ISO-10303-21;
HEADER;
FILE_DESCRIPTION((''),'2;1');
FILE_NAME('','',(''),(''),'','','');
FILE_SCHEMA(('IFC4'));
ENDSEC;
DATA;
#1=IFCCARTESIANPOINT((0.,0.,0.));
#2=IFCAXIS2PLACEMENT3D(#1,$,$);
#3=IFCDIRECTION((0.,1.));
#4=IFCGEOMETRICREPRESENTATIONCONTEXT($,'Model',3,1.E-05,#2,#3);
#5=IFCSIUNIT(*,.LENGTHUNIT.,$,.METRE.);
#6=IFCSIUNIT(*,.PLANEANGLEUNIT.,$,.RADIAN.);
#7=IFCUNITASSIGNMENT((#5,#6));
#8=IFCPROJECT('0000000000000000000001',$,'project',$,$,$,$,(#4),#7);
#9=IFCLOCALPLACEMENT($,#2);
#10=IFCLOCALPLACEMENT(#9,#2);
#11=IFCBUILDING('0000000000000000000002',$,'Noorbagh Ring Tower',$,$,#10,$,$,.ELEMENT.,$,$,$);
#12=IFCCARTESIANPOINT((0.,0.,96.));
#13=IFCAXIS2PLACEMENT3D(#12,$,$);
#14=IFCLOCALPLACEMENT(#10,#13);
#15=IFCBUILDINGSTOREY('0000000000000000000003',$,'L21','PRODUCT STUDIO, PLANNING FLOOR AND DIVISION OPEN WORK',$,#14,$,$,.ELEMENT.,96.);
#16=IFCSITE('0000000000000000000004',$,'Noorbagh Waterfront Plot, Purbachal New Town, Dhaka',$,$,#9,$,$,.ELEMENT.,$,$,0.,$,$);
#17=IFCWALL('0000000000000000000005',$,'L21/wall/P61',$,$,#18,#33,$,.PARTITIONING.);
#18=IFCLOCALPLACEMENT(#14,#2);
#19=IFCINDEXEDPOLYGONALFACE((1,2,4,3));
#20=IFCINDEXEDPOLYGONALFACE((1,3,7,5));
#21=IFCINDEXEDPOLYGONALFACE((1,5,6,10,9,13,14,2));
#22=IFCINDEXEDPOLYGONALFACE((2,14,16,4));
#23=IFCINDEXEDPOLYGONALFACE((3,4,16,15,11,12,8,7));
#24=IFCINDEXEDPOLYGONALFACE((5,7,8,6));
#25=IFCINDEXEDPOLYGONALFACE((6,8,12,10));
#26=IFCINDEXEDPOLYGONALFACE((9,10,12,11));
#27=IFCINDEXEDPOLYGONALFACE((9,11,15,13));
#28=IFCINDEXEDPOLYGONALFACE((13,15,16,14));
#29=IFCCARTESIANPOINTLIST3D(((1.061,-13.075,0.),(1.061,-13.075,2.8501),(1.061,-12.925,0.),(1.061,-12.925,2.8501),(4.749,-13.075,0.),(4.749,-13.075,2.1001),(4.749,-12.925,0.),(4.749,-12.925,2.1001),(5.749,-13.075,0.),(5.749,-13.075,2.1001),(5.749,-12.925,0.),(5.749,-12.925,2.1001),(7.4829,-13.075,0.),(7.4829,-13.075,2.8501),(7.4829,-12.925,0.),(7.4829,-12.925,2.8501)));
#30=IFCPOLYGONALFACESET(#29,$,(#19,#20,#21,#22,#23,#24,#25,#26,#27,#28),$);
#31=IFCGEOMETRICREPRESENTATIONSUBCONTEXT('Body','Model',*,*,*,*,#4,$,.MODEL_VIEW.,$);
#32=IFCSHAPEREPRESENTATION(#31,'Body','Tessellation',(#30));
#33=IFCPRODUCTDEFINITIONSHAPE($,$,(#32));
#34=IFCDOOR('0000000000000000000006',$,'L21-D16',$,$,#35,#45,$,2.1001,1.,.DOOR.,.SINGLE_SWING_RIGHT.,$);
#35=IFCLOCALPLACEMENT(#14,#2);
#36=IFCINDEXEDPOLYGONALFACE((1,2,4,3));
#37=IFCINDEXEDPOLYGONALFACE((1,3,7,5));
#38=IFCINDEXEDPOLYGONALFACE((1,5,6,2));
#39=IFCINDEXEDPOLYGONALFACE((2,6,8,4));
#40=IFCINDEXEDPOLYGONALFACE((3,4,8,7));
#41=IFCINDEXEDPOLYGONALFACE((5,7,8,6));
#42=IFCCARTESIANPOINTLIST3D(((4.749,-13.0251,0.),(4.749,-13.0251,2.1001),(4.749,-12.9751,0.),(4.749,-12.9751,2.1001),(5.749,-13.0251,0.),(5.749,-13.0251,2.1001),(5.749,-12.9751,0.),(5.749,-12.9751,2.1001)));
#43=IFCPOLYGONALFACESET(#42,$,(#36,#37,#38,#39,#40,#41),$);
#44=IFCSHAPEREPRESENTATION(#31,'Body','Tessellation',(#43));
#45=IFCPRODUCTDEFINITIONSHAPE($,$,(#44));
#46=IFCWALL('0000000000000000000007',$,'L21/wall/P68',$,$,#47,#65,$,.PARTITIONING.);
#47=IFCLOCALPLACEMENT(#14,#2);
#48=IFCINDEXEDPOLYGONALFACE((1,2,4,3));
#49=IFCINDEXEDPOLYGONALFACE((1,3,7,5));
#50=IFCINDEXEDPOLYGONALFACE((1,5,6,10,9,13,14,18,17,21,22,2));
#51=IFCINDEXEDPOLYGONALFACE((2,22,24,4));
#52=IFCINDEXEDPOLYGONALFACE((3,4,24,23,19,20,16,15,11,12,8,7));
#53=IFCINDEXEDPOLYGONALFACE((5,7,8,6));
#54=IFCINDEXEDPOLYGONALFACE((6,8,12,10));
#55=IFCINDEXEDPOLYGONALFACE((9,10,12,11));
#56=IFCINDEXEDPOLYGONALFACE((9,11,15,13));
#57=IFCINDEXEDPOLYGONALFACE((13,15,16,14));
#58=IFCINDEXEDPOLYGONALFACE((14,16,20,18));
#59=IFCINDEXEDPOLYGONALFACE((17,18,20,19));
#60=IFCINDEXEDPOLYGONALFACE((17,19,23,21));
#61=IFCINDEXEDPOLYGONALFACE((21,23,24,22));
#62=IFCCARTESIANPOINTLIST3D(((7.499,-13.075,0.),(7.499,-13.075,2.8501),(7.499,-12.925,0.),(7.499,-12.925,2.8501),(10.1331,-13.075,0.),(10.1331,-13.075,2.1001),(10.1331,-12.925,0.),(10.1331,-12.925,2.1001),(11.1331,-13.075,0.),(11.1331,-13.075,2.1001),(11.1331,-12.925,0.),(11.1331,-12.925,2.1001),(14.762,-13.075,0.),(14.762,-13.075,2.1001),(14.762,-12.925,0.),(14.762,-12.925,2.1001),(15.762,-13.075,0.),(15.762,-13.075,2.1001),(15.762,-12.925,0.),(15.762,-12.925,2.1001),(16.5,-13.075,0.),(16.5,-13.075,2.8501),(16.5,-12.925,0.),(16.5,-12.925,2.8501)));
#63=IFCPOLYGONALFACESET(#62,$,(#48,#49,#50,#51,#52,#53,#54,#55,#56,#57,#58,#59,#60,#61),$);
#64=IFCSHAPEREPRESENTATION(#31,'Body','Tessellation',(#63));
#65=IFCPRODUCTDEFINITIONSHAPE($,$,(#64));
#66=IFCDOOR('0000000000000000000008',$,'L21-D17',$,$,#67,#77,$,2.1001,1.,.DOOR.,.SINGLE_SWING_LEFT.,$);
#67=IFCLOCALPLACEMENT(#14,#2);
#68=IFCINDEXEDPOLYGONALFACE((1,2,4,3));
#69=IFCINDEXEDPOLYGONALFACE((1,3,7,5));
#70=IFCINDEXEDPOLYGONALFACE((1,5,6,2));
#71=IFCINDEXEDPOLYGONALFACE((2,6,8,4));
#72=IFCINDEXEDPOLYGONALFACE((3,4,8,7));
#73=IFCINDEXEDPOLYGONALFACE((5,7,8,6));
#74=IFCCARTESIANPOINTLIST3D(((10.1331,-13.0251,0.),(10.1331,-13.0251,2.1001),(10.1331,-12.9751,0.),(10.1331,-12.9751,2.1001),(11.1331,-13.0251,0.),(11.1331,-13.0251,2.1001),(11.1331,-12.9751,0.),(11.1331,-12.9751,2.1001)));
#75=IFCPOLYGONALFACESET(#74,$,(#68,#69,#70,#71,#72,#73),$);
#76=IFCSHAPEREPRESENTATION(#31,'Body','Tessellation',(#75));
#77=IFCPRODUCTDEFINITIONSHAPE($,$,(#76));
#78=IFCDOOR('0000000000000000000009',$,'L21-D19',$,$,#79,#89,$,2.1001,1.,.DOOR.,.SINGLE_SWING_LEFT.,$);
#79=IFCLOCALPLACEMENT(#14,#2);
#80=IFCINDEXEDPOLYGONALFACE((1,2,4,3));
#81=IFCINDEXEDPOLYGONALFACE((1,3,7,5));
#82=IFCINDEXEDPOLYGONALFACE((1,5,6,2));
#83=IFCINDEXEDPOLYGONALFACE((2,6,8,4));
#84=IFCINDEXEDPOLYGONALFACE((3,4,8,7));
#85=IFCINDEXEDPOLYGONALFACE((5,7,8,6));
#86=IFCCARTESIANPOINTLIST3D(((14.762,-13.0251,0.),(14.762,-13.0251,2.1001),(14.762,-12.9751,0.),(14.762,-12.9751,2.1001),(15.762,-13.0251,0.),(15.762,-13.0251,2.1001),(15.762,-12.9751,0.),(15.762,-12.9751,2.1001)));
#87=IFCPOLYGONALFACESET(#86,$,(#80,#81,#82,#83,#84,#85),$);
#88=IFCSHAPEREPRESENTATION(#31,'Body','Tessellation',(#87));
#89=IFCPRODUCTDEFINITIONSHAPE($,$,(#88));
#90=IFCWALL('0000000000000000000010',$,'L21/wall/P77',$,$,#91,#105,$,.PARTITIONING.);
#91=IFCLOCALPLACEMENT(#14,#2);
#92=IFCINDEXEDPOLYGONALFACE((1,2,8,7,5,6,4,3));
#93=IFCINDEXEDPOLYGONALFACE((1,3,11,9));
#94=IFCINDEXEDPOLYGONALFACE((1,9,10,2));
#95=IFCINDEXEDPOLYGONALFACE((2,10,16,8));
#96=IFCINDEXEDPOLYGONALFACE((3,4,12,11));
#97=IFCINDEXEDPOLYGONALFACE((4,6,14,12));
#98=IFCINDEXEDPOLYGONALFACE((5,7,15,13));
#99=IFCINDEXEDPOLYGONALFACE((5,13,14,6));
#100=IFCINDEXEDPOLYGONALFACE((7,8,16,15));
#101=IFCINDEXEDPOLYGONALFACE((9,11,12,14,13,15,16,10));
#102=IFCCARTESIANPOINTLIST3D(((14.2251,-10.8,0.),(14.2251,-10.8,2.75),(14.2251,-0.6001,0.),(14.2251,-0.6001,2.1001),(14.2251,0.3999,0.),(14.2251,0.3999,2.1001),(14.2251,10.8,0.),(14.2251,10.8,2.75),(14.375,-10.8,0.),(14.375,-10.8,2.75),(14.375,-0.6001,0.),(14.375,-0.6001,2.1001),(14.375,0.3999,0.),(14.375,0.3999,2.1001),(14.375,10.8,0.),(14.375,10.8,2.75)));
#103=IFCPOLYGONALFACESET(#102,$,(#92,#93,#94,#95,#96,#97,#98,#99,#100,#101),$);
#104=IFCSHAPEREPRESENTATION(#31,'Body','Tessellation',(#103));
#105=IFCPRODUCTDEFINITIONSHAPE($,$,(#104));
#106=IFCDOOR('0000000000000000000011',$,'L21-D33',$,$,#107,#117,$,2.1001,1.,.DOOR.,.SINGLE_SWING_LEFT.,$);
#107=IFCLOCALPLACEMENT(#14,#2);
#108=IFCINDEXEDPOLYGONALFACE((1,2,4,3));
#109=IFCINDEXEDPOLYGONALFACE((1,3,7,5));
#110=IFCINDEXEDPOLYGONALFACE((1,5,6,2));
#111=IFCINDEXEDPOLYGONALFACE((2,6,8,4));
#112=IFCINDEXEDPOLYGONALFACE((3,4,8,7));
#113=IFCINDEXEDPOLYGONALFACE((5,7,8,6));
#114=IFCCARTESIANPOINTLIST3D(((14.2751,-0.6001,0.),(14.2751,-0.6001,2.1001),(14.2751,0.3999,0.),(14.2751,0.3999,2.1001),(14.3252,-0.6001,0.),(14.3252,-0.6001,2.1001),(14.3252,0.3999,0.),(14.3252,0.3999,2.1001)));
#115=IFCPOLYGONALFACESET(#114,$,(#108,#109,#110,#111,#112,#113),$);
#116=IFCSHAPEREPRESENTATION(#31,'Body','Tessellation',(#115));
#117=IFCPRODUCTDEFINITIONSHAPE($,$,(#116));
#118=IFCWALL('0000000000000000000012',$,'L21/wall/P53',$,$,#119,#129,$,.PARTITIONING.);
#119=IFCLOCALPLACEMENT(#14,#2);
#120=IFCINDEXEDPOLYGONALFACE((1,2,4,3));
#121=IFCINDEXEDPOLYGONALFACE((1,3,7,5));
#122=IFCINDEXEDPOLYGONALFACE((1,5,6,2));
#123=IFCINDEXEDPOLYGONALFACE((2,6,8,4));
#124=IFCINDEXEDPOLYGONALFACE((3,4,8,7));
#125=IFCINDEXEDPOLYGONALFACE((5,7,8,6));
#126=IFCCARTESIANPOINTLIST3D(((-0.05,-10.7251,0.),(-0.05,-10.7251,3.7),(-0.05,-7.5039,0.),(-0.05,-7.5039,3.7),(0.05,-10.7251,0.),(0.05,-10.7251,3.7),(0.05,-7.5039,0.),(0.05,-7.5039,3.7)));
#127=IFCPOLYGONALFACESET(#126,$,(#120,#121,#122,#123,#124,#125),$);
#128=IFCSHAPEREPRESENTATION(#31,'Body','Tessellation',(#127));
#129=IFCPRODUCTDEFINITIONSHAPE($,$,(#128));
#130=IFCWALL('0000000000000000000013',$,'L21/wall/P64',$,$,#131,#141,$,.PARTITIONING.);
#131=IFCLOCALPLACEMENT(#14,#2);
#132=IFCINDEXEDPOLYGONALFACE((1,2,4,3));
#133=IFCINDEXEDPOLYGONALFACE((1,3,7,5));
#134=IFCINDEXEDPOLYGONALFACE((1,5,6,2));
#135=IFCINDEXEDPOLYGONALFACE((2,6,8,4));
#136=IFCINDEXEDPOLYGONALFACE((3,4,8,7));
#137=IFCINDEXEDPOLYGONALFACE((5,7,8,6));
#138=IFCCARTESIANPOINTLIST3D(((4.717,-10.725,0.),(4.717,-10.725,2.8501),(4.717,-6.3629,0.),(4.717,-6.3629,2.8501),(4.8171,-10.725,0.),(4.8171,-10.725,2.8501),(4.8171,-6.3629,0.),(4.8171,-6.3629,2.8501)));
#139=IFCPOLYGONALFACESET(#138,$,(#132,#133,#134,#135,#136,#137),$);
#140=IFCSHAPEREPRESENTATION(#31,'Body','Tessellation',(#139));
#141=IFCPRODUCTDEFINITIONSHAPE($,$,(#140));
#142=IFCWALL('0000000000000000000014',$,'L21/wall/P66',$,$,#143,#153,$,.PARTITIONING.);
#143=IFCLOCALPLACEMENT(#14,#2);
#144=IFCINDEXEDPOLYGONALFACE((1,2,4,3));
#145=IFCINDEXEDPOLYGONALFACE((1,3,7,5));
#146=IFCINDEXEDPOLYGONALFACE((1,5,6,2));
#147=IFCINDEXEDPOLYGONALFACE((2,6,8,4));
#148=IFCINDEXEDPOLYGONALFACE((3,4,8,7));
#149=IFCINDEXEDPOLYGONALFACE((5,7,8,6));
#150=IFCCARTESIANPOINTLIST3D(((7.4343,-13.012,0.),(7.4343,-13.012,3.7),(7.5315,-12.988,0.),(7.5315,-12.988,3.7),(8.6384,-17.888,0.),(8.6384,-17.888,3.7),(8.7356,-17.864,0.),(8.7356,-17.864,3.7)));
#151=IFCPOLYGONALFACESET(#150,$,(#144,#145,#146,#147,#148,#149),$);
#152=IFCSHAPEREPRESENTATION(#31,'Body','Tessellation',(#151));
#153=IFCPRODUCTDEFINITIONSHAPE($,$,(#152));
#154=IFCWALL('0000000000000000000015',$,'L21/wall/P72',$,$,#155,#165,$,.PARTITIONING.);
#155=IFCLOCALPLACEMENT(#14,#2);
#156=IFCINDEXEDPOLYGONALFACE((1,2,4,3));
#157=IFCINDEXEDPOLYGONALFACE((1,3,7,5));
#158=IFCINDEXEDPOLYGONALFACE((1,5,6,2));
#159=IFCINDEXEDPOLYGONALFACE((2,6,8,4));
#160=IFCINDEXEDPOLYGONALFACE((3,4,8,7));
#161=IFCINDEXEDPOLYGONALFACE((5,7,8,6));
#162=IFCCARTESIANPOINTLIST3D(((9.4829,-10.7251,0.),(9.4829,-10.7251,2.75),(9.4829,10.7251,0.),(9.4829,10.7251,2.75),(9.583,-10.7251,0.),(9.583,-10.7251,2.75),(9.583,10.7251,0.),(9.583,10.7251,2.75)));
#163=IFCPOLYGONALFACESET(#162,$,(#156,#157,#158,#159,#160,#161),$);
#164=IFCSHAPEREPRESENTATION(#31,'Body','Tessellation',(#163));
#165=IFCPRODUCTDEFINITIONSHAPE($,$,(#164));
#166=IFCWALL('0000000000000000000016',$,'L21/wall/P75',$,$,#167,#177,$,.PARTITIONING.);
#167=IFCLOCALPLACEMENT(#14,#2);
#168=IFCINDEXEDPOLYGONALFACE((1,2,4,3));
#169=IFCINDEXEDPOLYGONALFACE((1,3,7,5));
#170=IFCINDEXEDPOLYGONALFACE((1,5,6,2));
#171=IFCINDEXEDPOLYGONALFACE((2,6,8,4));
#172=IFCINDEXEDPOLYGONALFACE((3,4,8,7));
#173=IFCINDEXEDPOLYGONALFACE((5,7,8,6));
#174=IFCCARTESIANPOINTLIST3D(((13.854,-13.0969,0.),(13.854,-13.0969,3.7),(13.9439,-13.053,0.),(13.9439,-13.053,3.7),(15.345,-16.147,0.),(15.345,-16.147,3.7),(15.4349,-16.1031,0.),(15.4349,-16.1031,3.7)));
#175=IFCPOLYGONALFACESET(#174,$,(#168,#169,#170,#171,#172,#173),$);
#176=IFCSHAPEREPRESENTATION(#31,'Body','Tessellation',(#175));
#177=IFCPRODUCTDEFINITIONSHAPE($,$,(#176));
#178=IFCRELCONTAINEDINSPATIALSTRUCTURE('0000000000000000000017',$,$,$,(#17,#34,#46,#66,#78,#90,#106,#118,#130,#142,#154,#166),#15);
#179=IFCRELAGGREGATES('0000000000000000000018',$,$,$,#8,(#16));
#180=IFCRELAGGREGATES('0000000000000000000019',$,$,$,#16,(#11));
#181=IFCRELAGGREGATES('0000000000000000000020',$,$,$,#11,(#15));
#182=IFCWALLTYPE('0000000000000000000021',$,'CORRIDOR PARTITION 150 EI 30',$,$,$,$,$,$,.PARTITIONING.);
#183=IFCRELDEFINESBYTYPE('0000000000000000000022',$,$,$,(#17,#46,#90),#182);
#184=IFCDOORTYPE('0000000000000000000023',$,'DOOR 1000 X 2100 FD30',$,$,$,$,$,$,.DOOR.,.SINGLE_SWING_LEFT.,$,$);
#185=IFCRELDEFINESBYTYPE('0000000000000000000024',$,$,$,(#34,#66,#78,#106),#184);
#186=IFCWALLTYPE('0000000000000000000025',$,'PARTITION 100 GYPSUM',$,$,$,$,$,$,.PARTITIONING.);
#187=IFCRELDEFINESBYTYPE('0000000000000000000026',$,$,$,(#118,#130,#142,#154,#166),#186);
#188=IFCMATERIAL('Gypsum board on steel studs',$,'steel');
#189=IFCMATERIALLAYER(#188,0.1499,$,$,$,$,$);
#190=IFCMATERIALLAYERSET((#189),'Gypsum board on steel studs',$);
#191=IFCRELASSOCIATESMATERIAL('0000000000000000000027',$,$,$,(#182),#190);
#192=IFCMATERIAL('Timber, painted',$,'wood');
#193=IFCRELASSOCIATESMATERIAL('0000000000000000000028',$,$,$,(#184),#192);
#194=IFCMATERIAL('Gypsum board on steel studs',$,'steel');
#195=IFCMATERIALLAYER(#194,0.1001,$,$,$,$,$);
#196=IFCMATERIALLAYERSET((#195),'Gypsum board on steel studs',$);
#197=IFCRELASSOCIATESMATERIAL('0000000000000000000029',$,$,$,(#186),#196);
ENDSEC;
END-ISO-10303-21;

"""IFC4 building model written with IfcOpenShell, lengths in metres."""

from ifc_helpers import new_model, si_unit, direction, frame, frame_2d, origin, place, context, subcontext, project, spatial, rectangle, extrude, material, layer, layer_set, type_object, element, fill, save


model = new_model("IFC4")

# Units and contexts
model_context = context("Model", 3, precision=1e-05, world=origin(), true_north=direction((0.0, 1.0)))
body_context = subcontext(model_context, "Body", "Model", "MODEL_VIEW")
ifc_project = project(units=[si_unit("LENGTHUNIT", "METRE"), si_unit("PLANEANGLEUNIT", "RADIAN")], contexts=[model_context])

# Site, building, storey
site_placement = place(None, origin())
site = spatial("IfcSite", under=ifc_project, at=site_placement, Name="Noorbagh Waterfront Plot, Purbachal New Town, Dhaka", CompositionType="ELEMENT", RefElevation=0.0)
building_placement = place(site_placement, origin())
building = spatial("IfcBuilding", under=site, at=building_placement, Name="Noorbagh Ring Tower", CompositionType="ELEMENT")
storey_placement = place(building_placement, frame((0.0, 0.0, 96.0)))
storey = spatial("IfcBuildingStorey", under=building, at=storey_placement, Name="L21", Description="PRODUCT STUDIO, PLANNING FLOOR AND DIVISION OPEN WORK", CompositionType="ELEMENT", Elevation=96.0)

# Wall, opening, door
ifc_material_1 = material(Name="Gypsum board on steel studs", Category="steel")
ifc_layer_1 = layer(ifc_material_1, 0.1499)
ifc_layer_set_1 = layer_set([ifc_layer_1], Name="Gypsum board on steel studs")
wall_type_1 = type_object("IfcWallType", Name="CORRIDOR PARTITION 150 EI 30", PredefinedType="PARTITIONING", material=ifc_layer_set_1)
wall_1_placement = place(storey_placement, frame((1.061, -13.0, 0.0), z_axis=(0.0, 0.0, 1.0), x_axis=(1.0, 0.0, 0.0)))
wall_1 = element("IfcWall", 1, at=wall_1_placement, inside=storey, type_object=wall_type_1, Name="L21/wall/P61", PredefinedType="PARTITIONING", context=body_context, shape_type="SweptSolid", body=[
    extrude(rectangle(XDim=6.4219, YDim=0.1499, at=frame_2d((3.2109, 0.0))), origin(), (0.0, 0.0, 1.0), 2.8501),
])
opening_1_placement = place(wall_1_placement, frame((3.688, 0.0, 0.0)))
opening_1 = element("IfcOpeningElement", 2, at=opening_1_placement, cuts=wall_1, PredefinedType="OPENING", context=body_context, shape_type="SweptSolid", body=[
    extrude(rectangle(XDim=1.0, YDim=2.1001, at=frame_2d((0.5, 1.05))), frame((0.0, 0.085, 0.0), z_axis=(0.0, -1.0, 0.0), x_axis=(1.0, 0.0, 0.0)), (0.0, 0.0, 1.0), 0.1699),
])
ifc_material_2 = material(Name="Timber, painted", Category="wood")
door_type = type_object("IfcDoorType", Name="DOOR 1000 X 2100 FD30", OperationType="SINGLE_SWING_LEFT", PredefinedType="DOOR", material=ifc_material_2)
door_1_placement = place(opening_1_placement, origin())
door_1 = element("IfcDoor", 3, at=door_1_placement, inside=storey, type_object=door_type, Name="L21-D16", OperationType="SINGLE_SWING_RIGHT", OverallHeight=2.1001, OverallWidth=1.0, PredefinedType="DOOR", context=body_context, shape_type="SweptSolid", body=[
    extrude(rectangle(XDim=1.0, YDim=2.1001, at=frame_2d((0.5, 1.05))), frame((0.0, 0.0249, 0.0), z_axis=(0.0, -1.0, 0.0), x_axis=(1.0, 0.0, 0.0)), (0.0, 0.0, 1.0), 0.05),
])
fill(opening_1, door_1)

# Wall, openings, doors
wall_2_placement = place(storey_placement, frame((7.499, -13.0, 0.0), z_axis=(0.0, 0.0, 1.0), x_axis=(1.0, 0.0, 0.0)))
wall_2 = element("IfcWall", 4, at=wall_2_placement, inside=storey, type_object=wall_type_1, Name="L21/wall/P68", PredefinedType="PARTITIONING", context=body_context, shape_type="SweptSolid", body=[
    extrude(rectangle(XDim=9.001, YDim=0.1499, at=frame_2d((4.5005, 0.0))), origin(), (0.0, 0.0, 1.0), 2.8501),
])
opening_2_placement = place(wall_2_placement, frame((2.634, 0.0, 0.0)))
opening_2 = element("IfcOpeningElement", 5, at=opening_2_placement, cuts=wall_2, PredefinedType="OPENING", context=body_context, shape_type="SweptSolid", body=[
    extrude(rectangle(XDim=1.0, YDim=2.1001, at=frame_2d((0.5, 1.05))), frame((0.0, 0.085, 0.0), z_axis=(0.0, -1.0, 0.0), x_axis=(1.0, 0.0, 0.0)), (0.0, 0.0, 1.0), 0.1699),
])
opening_3_placement = place(wall_2_placement, frame((7.2629, 0.0, 0.0)))
opening_3 = element("IfcOpeningElement", 6, at=opening_3_placement, cuts=wall_2, PredefinedType="OPENING", context=body_context, shape_type="SweptSolid", body=[
    extrude(rectangle(XDim=1.0, YDim=2.1001, at=frame_2d((0.5, 1.05))), frame((0.0, 0.085, 0.0), z_axis=(0.0, -1.0, 0.0), x_axis=(1.0, 0.0, 0.0)), (0.0, 0.0, 1.0), 0.1699),
])
door_2_placement = place(opening_2_placement, origin())
door_2 = element("IfcDoor", 7, at=door_2_placement, inside=storey, type_object=door_type, Name="L21-D17", OperationType="SINGLE_SWING_LEFT", OverallHeight=2.1001, OverallWidth=1.0, PredefinedType="DOOR", context=body_context, shape_type="SweptSolid", body=[
    extrude(rectangle(XDim=1.0, YDim=2.1001, at=frame_2d((0.5, 1.05))), frame((0.0, 0.0249, 0.0), z_axis=(0.0, -1.0, 0.0), x_axis=(1.0, 0.0, 0.0)), (0.0, 0.0, 1.0), 0.05),
])
fill(opening_2, door_2)
door_3_placement = place(opening_3_placement, origin())
door_3 = element("IfcDoor", 8, at=door_3_placement, inside=storey, type_object=door_type, Name="L21-D19", OperationType="SINGLE_SWING_LEFT", OverallHeight=2.1001, OverallWidth=1.0, PredefinedType="DOOR", context=body_context, shape_type="SweptSolid", body=[
    extrude(rectangle(XDim=1.0, YDim=2.1001, at=frame_2d((0.5, 1.05))), frame((0.0, 0.0249, 0.0), z_axis=(0.0, -1.0, 0.0), x_axis=(1.0, 0.0, 0.0)), (0.0, 0.0, 1.0), 0.05),
])
fill(opening_3, door_3)

# Wall, opening, door
wall_3_placement = place(storey_placement, frame((14.3, -10.8, 0.0), z_axis=(0.0, 0.0, 1.0), x_axis=(0.0, 1.0, 0.0)))
wall_3 = element("IfcWall", 9, at=wall_3_placement, inside=storey, type_object=wall_type_1, Name="L21/wall/P77", PredefinedType="PARTITIONING", context=body_context, shape_type="SweptSolid", body=[
    extrude(rectangle(XDim=21.6001, YDim=0.1499, at=frame_2d((10.8, 0.0))), origin(), (0.0, 0.0, 1.0), 2.75),
])
opening_4_placement = place(wall_3_placement, frame((10.2, 0.0, 0.0)))
opening_4 = element("IfcOpeningElement", 10, at=opening_4_placement, cuts=wall_3, PredefinedType="OPENING", context=body_context, shape_type="SweptSolid", body=[
    extrude(rectangle(XDim=1.0, YDim=2.1001, at=frame_2d((0.5, 1.05))), frame((0.0, 0.085, 0.0), z_axis=(0.0, -1.0, 0.0), x_axis=(1.0, 0.0, 0.0)), (0.0, 0.0, 1.0), 0.1699),
])
door_4_placement = place(opening_4_placement, origin())
door_4 = element("IfcDoor", 11, at=door_4_placement, inside=storey, type_object=door_type, Name="L21-D33", OperationType="SINGLE_SWING_LEFT", OverallHeight=2.1001, OverallWidth=1.0, PredefinedType="DOOR", context=body_context, shape_type="SweptSolid", body=[
    extrude(rectangle(XDim=1.0, YDim=2.1001, at=frame_2d((0.5, 1.05))), frame((0.0, 0.0249, 0.0), z_axis=(0.0, -1.0, 0.0), x_axis=(1.0, 0.0, 0.0)), (0.0, 0.0, 1.0), 0.05),
])
fill(opening_4, door_4)

# Walls
ifc_material_3 = material(Name="Gypsum board on steel studs", Category="steel")
ifc_layer_2 = layer(ifc_material_3, 0.1001)
ifc_layer_set_2 = layer_set([ifc_layer_2], Name="Gypsum board on steel studs")
wall_type_2 = type_object("IfcWallType", Name="PARTITION 100 GYPSUM", PredefinedType="PARTITIONING", material=ifc_layer_set_2)
wall_4_placement = place(storey_placement, frame((0.0, -10.7251, 0.0), z_axis=(0.0, 0.0, 1.0), x_axis=(0.0, 1.0, 0.0)))
element("IfcWall", 12, at=wall_4_placement, inside=storey, type_object=wall_type_2, Name="L21/wall/P53", PredefinedType="PARTITIONING", context=body_context, shape_type="SweptSolid", body=[
    extrude(rectangle(XDim=3.2212, YDim=0.1001, at=frame_2d((1.6106, 0.0))), origin(), (0.0, 0.0, 1.0), 3.7),
])
wall_5_placement = place(storey_placement, frame((4.7671, -10.7251, 0.0), z_axis=(0.0, 0.0, 1.0), x_axis=(0.0, 1.0, 0.0)))
element("IfcWall", 13, at=wall_5_placement, inside=storey, type_object=wall_type_2, Name="L21/wall/P64", PredefinedType="PARTITIONING", context=body_context, shape_type="SweptSolid", body=[
    extrude(rectangle(XDim=4.3621, YDim=0.1001, at=frame_2d((2.1812, 0.0))), origin(), (0.0, 0.0, 1.0), 2.8501),
])
wall_6_placement = place(storey_placement, frame((7.4829, -13.0, 0.0), z_axis=(0.0, 0.0, 1.0), x_axis=(0.239744, -0.970836, 0.0)))
element("IfcWall", 14, at=wall_6_placement, inside=storey, type_object=wall_type_2, Name="L21/wall/P66", PredefinedType="PARTITIONING", context=body_context, shape_type="SweptSolid", body=[
    extrude(rectangle(XDim=5.0225, YDim=0.1001, at=frame_2d((2.5112, 0.0))), origin(), (0.0, 0.0, 1.0), 3.7),
])
wall_7_placement = place(storey_placement, frame((9.533, -10.7251, 0.0), z_axis=(0.0, 0.0, 1.0), x_axis=(0.0, 1.0, 0.0)))
element("IfcWall", 15, at=wall_7_placement, inside=storey, type_object=wall_type_2, Name="L21/wall/P72", PredefinedType="PARTITIONING", context=body_context, shape_type="SweptSolid", body=[
    extrude(rectangle(XDim=21.4502, YDim=0.1001, at=frame_2d((10.7251, 0.0))), origin(), (0.0, 0.0, 1.0), 2.75),
])
wall_8_placement = place(storey_placement, frame((13.8989, -13.075, 0.0), z_axis=(0.0, 0.0, 1.0), x_axis=(0.43917, -0.898404, 0.0)))
element("IfcWall", 16, at=wall_8_placement, inside=storey, type_object=wall_type_2, Name="L21/wall/P75", PredefinedType="PARTITIONING", context=body_context, shape_type="SweptSolid", body=[
    extrude(rectangle(XDim=3.395, YDim=0.1001, at=frame_2d((1.6975, 0.0))), origin(), (0.0, 0.0, 1.0), 3.7),
])

save(model, "model.ifc")
